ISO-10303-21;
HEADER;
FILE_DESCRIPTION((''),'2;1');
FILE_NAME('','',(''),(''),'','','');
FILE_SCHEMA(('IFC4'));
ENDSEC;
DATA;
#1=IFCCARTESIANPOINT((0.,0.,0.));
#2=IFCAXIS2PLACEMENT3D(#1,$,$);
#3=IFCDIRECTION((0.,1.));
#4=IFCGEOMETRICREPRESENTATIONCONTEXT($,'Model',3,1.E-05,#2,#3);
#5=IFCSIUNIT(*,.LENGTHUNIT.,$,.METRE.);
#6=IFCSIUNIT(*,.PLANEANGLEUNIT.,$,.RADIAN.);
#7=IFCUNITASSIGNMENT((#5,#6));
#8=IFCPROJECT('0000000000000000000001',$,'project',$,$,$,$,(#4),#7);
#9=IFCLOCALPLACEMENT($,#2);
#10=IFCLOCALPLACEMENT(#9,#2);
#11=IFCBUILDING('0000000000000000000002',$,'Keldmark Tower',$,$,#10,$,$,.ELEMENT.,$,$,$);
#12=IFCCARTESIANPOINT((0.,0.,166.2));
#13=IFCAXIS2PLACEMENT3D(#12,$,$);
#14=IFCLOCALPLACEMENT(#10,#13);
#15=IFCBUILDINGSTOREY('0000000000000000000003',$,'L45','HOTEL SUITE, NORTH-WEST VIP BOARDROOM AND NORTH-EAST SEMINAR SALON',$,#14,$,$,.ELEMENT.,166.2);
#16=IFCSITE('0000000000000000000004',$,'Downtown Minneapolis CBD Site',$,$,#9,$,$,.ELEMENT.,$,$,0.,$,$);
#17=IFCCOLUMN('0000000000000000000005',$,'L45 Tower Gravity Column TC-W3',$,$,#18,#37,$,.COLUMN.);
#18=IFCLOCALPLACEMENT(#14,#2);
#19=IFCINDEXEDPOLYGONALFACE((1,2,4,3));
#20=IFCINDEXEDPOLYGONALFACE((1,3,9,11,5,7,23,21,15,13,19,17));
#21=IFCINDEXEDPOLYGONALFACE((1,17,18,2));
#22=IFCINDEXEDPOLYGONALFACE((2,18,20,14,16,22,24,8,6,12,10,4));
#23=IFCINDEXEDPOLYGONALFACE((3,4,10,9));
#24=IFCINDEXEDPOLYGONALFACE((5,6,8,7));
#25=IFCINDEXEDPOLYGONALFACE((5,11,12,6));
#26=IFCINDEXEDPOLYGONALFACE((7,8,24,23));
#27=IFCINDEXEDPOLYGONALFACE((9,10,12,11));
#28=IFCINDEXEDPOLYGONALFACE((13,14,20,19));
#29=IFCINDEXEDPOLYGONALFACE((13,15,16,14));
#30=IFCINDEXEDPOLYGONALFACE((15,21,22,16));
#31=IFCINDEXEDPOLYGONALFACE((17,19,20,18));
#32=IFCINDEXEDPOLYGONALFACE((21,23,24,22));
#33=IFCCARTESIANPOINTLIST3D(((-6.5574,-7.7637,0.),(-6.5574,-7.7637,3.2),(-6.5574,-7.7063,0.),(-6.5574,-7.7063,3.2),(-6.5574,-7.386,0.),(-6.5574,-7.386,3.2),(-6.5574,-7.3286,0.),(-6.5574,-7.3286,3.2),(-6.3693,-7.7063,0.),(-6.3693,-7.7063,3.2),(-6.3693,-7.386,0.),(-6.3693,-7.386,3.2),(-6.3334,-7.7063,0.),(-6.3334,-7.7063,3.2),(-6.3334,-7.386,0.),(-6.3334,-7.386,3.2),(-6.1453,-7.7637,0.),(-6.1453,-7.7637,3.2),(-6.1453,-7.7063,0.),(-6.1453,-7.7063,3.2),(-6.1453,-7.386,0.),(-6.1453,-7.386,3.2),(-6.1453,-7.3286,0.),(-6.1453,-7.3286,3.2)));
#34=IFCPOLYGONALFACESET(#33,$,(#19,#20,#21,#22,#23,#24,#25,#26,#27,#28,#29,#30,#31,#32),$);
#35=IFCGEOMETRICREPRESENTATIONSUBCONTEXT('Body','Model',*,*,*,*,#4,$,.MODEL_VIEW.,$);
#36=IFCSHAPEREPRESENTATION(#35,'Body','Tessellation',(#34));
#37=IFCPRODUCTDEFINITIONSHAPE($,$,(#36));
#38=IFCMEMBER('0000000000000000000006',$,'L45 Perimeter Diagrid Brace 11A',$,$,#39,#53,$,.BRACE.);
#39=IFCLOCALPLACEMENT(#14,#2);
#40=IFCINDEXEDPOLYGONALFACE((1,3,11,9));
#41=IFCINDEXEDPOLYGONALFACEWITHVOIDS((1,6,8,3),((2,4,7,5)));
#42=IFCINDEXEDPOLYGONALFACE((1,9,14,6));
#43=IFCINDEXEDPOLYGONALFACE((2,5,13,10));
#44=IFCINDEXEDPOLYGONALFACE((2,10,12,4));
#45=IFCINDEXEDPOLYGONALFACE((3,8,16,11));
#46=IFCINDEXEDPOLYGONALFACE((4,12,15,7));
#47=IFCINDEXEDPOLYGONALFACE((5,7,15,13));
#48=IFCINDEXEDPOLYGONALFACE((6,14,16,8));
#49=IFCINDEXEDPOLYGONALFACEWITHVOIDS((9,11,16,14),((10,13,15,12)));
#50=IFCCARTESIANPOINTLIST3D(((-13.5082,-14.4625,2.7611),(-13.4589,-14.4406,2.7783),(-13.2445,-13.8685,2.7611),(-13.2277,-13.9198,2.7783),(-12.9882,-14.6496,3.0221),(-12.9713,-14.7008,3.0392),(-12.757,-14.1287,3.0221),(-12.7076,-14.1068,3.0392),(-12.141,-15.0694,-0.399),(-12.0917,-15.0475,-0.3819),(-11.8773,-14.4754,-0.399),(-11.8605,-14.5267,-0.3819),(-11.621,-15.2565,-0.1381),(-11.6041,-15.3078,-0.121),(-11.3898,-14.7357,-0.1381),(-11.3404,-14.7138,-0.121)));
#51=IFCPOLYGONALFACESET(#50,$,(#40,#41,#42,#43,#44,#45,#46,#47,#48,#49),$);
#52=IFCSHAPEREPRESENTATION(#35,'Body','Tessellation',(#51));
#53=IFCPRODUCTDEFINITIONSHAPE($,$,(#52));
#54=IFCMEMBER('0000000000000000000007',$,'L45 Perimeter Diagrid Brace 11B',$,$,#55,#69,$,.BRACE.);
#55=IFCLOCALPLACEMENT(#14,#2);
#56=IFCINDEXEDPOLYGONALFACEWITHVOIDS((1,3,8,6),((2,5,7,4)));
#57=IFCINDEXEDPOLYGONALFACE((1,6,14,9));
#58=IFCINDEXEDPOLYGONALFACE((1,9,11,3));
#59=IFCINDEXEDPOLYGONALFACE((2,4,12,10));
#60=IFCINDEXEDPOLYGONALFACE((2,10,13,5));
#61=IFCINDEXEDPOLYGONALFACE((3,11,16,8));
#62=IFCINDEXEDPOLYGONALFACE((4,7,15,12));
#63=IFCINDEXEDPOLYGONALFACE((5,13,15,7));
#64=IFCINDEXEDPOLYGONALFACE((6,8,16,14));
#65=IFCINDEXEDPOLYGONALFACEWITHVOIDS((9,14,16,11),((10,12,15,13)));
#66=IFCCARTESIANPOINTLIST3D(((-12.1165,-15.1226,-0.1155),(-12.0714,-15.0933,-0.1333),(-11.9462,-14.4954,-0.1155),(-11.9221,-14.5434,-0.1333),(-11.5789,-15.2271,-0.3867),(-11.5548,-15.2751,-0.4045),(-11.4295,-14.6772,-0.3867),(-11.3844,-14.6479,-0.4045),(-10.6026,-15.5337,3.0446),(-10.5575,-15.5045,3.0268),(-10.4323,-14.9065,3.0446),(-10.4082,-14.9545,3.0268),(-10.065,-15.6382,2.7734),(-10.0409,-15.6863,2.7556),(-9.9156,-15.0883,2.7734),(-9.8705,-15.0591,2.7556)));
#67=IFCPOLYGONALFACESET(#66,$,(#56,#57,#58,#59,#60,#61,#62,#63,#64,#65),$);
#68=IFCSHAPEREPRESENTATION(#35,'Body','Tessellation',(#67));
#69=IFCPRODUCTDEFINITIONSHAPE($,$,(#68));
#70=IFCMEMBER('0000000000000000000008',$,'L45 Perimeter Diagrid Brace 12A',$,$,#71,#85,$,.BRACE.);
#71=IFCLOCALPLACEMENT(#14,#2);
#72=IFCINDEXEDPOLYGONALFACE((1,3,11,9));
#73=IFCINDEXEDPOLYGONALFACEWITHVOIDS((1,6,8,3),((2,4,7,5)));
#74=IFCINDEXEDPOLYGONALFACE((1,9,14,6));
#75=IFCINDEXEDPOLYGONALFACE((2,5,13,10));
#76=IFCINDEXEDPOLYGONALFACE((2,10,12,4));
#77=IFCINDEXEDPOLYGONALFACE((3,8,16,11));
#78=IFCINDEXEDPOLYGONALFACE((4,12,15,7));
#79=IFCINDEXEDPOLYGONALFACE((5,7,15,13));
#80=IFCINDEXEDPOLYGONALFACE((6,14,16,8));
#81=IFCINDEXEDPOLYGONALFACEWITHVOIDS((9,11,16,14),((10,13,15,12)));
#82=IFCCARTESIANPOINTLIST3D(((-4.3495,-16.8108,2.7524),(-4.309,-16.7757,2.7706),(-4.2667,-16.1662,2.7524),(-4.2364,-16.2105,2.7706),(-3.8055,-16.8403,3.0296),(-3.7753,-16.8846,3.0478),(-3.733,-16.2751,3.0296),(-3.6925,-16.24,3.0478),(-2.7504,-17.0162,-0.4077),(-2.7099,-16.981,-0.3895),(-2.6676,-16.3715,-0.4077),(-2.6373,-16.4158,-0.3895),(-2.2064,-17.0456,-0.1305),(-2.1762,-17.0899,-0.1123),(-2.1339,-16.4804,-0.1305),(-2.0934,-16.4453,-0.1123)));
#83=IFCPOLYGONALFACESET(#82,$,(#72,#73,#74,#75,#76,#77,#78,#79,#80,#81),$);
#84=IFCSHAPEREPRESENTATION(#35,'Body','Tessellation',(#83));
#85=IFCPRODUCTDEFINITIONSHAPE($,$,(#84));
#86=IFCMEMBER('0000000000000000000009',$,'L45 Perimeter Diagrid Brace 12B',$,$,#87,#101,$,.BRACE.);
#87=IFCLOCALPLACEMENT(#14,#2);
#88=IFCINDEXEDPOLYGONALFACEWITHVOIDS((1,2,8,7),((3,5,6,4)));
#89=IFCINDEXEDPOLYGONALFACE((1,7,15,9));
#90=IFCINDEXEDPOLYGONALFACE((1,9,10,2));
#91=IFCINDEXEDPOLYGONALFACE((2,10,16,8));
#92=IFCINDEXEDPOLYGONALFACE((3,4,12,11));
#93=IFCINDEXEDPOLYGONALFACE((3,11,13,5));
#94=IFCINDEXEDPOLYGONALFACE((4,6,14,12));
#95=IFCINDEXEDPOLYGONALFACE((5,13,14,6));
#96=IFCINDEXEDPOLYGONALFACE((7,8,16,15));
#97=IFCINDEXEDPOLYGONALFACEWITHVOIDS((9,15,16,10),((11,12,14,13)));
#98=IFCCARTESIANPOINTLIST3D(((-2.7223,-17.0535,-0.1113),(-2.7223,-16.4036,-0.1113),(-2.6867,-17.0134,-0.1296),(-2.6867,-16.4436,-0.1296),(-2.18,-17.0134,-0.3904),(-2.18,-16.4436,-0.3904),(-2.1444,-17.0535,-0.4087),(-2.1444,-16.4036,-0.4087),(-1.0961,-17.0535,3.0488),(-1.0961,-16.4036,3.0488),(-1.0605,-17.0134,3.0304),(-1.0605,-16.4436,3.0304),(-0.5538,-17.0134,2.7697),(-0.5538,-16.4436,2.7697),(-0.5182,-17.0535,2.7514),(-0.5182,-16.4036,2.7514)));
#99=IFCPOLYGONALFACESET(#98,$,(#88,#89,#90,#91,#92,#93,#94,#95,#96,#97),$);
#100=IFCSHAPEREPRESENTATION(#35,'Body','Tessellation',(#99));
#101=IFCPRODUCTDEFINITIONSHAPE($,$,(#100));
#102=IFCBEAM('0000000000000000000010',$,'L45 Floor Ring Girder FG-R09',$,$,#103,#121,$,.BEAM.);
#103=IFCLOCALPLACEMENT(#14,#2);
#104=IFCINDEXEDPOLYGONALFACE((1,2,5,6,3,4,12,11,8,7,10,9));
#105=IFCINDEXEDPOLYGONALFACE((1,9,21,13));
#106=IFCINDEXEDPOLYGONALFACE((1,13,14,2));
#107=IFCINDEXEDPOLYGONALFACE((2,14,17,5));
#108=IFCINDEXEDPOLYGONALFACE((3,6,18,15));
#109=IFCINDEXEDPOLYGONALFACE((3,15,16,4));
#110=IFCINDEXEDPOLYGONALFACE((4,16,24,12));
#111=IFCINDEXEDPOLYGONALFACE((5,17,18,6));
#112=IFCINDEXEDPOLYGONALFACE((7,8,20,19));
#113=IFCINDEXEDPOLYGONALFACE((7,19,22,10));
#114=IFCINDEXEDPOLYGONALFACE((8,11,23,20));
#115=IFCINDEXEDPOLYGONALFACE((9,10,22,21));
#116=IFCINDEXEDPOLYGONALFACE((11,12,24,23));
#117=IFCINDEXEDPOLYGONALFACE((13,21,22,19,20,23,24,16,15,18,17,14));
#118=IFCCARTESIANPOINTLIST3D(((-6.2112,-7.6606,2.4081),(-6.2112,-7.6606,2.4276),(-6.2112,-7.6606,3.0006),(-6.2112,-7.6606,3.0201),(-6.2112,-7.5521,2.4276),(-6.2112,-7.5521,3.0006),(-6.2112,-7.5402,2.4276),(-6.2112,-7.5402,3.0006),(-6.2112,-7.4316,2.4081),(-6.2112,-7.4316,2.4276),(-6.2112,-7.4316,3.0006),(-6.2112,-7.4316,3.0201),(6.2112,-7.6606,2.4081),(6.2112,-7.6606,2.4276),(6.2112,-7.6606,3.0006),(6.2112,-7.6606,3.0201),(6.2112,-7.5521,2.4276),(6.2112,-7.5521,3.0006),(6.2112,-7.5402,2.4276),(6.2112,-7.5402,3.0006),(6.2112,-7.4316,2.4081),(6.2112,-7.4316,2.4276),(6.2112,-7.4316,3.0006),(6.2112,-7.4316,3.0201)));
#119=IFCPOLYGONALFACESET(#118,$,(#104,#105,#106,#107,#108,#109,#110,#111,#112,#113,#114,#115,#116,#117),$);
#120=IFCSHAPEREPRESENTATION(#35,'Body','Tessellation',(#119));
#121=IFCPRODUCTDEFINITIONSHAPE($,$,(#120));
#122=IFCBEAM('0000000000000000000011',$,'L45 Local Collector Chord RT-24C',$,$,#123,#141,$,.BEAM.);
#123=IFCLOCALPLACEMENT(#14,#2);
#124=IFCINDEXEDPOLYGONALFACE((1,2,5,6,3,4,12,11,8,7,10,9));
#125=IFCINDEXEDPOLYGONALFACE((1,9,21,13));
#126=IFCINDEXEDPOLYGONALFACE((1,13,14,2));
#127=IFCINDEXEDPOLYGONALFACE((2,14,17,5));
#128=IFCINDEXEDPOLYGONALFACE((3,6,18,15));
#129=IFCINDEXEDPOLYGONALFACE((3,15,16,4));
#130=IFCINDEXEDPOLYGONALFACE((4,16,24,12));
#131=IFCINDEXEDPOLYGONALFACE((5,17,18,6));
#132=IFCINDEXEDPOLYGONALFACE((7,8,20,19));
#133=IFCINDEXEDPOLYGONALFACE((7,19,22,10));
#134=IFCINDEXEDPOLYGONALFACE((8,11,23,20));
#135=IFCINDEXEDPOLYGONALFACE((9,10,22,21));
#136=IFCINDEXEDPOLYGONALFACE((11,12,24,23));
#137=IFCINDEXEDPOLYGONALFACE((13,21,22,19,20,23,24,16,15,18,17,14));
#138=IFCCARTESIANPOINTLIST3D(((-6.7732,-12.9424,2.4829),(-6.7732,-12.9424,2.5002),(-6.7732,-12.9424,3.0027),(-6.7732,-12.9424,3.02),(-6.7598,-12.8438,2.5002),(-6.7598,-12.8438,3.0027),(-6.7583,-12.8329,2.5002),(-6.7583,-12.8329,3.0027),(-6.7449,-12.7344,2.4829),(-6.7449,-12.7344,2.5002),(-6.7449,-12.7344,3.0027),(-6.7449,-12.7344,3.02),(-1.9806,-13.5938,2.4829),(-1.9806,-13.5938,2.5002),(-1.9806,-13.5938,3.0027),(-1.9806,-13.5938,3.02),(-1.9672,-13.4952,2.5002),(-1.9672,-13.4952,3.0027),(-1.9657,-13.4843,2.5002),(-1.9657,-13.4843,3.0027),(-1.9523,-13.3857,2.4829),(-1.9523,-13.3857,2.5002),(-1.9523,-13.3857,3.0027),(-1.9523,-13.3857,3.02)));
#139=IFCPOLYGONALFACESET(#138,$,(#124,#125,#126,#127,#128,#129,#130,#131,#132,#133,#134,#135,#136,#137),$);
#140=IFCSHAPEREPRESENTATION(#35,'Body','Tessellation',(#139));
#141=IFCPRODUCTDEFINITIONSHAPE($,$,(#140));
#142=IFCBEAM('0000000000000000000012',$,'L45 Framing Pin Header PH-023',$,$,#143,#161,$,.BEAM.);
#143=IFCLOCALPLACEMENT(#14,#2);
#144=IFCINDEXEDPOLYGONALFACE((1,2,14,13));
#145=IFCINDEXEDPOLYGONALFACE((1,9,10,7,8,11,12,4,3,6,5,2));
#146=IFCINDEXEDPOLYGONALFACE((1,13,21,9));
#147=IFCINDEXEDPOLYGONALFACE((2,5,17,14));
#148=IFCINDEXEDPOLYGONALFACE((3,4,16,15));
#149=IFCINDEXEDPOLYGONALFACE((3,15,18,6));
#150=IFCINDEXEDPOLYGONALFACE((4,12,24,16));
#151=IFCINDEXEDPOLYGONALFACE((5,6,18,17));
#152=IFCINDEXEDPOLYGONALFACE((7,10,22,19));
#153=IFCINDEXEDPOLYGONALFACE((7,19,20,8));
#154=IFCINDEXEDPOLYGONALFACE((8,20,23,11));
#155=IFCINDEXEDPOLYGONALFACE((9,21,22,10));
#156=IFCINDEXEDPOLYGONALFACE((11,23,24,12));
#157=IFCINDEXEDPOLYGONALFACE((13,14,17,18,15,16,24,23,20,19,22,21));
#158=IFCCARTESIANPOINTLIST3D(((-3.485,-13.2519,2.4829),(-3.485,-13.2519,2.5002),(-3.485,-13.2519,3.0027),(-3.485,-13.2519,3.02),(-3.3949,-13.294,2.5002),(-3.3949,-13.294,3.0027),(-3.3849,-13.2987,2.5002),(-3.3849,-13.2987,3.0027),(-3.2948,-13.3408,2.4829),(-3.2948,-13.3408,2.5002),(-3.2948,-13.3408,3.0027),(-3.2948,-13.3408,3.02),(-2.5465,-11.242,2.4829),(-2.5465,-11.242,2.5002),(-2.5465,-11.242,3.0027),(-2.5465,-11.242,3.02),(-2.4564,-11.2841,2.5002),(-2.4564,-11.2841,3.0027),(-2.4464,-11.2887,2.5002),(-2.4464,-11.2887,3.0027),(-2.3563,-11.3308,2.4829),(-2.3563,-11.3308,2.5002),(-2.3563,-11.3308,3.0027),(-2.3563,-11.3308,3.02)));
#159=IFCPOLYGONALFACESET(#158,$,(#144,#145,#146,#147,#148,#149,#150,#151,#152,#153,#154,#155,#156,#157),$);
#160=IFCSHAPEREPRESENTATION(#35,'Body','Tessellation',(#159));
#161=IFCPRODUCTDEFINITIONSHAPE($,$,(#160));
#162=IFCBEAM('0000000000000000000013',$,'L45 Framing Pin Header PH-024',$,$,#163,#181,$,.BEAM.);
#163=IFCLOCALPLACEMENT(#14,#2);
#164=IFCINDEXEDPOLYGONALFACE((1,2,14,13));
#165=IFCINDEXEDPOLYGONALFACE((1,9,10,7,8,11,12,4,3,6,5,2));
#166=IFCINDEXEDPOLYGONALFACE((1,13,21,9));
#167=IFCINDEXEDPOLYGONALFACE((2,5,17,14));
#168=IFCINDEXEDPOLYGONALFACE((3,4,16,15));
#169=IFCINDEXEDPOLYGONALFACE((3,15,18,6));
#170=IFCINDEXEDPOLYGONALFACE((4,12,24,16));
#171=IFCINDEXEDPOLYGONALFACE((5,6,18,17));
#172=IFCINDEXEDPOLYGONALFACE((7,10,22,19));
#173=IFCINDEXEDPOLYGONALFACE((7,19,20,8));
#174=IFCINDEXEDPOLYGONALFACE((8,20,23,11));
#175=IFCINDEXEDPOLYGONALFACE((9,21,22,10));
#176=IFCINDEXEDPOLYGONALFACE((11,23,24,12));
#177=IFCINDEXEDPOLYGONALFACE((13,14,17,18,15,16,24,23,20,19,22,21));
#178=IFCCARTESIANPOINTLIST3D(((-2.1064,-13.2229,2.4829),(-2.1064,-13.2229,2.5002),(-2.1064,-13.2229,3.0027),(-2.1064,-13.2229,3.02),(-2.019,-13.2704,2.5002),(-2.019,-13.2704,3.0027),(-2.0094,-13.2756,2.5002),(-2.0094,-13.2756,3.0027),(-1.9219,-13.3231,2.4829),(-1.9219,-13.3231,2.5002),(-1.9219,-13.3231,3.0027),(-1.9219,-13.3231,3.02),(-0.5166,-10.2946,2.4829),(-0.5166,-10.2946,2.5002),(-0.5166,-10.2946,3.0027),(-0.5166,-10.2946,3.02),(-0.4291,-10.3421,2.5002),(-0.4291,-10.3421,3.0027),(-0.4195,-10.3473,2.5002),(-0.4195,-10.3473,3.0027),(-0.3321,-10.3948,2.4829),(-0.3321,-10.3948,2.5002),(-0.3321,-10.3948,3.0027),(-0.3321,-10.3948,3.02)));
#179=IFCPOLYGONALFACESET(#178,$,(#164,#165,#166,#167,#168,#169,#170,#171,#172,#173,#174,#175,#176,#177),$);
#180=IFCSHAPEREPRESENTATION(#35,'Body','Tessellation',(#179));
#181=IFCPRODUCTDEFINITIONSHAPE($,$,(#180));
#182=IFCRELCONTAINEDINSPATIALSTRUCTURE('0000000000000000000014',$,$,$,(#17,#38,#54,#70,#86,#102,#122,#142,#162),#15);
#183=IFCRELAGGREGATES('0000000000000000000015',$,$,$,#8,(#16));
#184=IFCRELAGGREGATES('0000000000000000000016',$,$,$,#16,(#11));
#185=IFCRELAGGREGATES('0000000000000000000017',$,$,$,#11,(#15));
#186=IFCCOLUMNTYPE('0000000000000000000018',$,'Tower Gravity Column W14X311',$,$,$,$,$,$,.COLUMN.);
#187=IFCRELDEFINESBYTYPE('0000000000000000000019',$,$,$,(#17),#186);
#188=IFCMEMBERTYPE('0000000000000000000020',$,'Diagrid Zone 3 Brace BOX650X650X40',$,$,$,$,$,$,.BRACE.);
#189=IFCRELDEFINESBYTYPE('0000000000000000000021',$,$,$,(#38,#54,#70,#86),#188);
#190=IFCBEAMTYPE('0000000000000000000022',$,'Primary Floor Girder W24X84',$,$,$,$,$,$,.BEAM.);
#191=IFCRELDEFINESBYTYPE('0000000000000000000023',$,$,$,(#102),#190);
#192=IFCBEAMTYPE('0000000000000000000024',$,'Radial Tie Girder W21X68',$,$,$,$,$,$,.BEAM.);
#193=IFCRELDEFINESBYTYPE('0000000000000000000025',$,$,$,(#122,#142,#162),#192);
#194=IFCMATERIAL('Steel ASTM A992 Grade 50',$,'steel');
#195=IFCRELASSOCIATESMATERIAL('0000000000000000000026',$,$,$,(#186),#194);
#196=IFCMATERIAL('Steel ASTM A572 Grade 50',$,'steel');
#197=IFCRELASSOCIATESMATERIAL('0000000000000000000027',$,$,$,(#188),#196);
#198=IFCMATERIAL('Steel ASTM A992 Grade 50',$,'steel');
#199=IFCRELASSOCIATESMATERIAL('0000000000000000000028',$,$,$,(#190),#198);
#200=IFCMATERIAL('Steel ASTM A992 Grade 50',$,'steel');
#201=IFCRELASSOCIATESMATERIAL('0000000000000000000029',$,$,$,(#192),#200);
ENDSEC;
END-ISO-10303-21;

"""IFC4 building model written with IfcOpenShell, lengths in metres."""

from ifc_helpers import new_model, si_unit, direction, frame, origin, origin_2d, place, context, subcontext, project, spatial, hollow_rectangle, i_section, extrude, material, material_profile, profile_set, type_object, element, save


model = new_model("IFC4")

# Units and contexts
model_context = context("Model", 3, precision=1e-05, world=origin(), true_north=direction((0.0, 1.0)))
body_context = subcontext(model_context, "Body", "Model", "MODEL_VIEW")
ifc_project = project(units=[si_unit("LENGTHUNIT", "METRE"), si_unit("PLANEANGLEUNIT", "RADIAN")], contexts=[model_context])

# Site, building, storey
site_placement = place(None, origin())
site = spatial("IfcSite", under=ifc_project, at=site_placement, Name="Downtown Minneapolis CBD Site", CompositionType="ELEMENT", RefElevation=0.0)
building_placement = place(site_placement, origin())
building = spatial("IfcBuilding", under=site, at=building_placement, Name="Keldmark Tower", CompositionType="ELEMENT")
storey_placement = place(building_placement, frame((0.0, 0.0, 166.2)))
storey = spatial("IfcBuildingStorey", under=building, at=storey_placement, Name="L45", Description="HOTEL SUITE, NORTH-WEST VIP BOARDROOM AND NORTH-EAST SEMINAR SALON", CompositionType="ELEMENT", Elevation=166.2)

# Column
ifc_material_1 = material(Name="Steel ASTM A992 Grade 50", Category="steel")
ifc_material_profile_1 = material_profile(ifc_material_1, i_section(OverallWidth=0.4121, OverallDepth=0.4351, WebThickness=0.0359, FlangeThickness=0.0574, at=origin_2d()), Name="W14X311")
ifc_profile_set_1 = profile_set([ifc_material_profile_1], Name="Steel ASTM A992 Grade 50")
column_type = type_object("IfcColumnType", Name="Tower Gravity Column W14X311", PredefinedType="COLUMN", material=ifc_profile_set_1)
column_placement = place(storey_placement, frame((-6.3513, -7.5461, 0.0), z_axis=(0.0, 0.0, 1.0), x_axis=(1.0, 0.0, 0.0)))
element("IfcColumn", 1, at=column_placement, inside=storey, type_object=column_type, Name="L45 Tower Gravity Column TC-W3", PredefinedType="COLUMN", context=body_context, shape_type="SweptSolid", body=[
    extrude(i_section(OverallWidth=0.4121, OverallDepth=0.4351, WebThickness=0.0359, FlangeThickness=0.0574, at=origin_2d()), origin(), (0.0, 0.0, 1.0), 3.2),
])

# Members
ifc_material_2 = material(Name="Steel ASTM A572 Grade 50", Category="steel")
ifc_material_profile_2 = material_profile(ifc_material_2, hollow_rectangle(XDim=0.6499, YDim=0.6499, WallThickness=0.04, at=origin_2d()), Name="BOX650X650X40")
ifc_profile_set_2 = profile_set([ifc_material_profile_2], Name="Steel ASTM A572 Grade 50")
member_type = type_object("IfcMemberType", Name="Diagrid Zone 3 Brace BOX650X650X40", PredefinedType="BRACE", material=ifc_profile_set_2)
member_1_placement = place(storey_placement, frame((-11.7407, -14.8916, -0.26), z_axis=(-0.391038, 0.173593, 0.903856), x_axis=(-0.405745, -0.913986, 0.0)))
element("IfcMember", 2, at=member_1_placement, inside=storey, type_object=member_type, Name="L45 Perimeter Diagrid Brace 11A", PredefinedType="BRACE", context=body_context, shape_type="SweptSolid", body=[
    extrude(hollow_rectangle(XDim=0.6499, YDim=0.6499, WallThickness=0.04, at=origin_2d()), origin(), (0.0, 0.0, 1.0), 3.4963),
])
member_2_placement = place(storey_placement, frame((-11.7505, -14.8853, -0.26), z_axis=(0.429101, -0.116531, 0.895708), x_axis=(0.262077, 0.965047, 0.0)))
element("IfcMember", 3, at=member_2_placement, inside=storey, type_object=member_type, Name="L45 Perimeter Diagrid Brace 11B", PredefinedType="BRACE", context=body_context, shape_type="SweptSolid", body=[
    extrude(hollow_rectangle(XDim=0.6499, YDim=0.6499, WallThickness=0.04, at=origin_2d()), origin(), (0.0, 0.0, 1.0), 3.5281),
])
member_3_placement = place(storey_placement, frame((-2.4219, -16.7307, -0.26), z_axis=(-0.450753, 0.057875, 0.890771), x_axis=(-0.127351, -0.991858, 0.0)))
element("IfcMember", 4, at=member_3_placement, inside=storey, type_object=member_type, Name="L45 Perimeter Diagrid Brace 12A", PredefinedType="BRACE", context=body_context, shape_type="SweptSolid", body=[
    extrude(hollow_rectangle(XDim=0.6499, YDim=0.6499, WallThickness=0.04, at=origin_2d()), origin(), (0.0, 0.0, 1.0), 3.5476),
])
member_4_placement = place(storey_placement, frame((-2.4333, -16.7285, -0.26), z_axis=(0.45757, 0.0, 0.889174), x_axis=(0.0, 1.0, 0.0)))
element("IfcMember", 5, at=member_4_placement, inside=storey, type_object=member_type, Name="L45 Perimeter Diagrid Brace 12B", PredefinedType="BRACE", context=body_context, shape_type="SweptSolid", body=[
    extrude(hollow_rectangle(XDim=0.6499, YDim=0.6499, WallThickness=0.04, at=origin_2d()), origin(), (0.0, 0.0, 1.0), 3.554),
])

# Beams
ifc_material_3 = material(Name="Steel ASTM A992 Grade 50", Category="steel")
ifc_material_profile_3 = material_profile(ifc_material_3, i_section(OverallWidth=0.229, OverallDepth=0.6121, WebThickness=0.012, FlangeThickness=0.0195, at=origin_2d()), Name="W24X84")
ifc_profile_set_3 = profile_set([ifc_material_profile_3], Name="Steel ASTM A992 Grade 50")
beam_type_1 = type_object("IfcBeamType", Name="Primary Floor Girder W24X84", PredefinedType="BEAM", material=ifc_profile_set_3)
beam_1_placement = place(storey_placement, frame((-6.2112, -7.5461, 2.7141), z_axis=(1.0, 0.0, 0.0), x_axis=(0.0, 1.0, 0.0)))
element("IfcBeam", 6, at=beam_1_placement, inside=storey, type_object=beam_type_1, Name="L45 Floor Ring Girder FG-R09", PredefinedType="BEAM", context=body_context, shape_type="SweptSolid", body=[
    extrude(i_section(OverallWidth=0.229, OverallDepth=0.6121, WebThickness=0.012, FlangeThickness=0.0195, at=origin_2d()), origin(), (0.0, 0.0, 1.0), 12.4224),
])
ifc_material_4 = material(Name="Steel ASTM A992 Grade 50", Category="steel")
ifc_material_profile_4 = material_profile(ifc_material_4, i_section(OverallWidth=0.21, OverallDepth=0.5371, WebThickness=0.011, FlangeThickness=0.0173, at=origin_2d()), Name="W21X68")
ifc_profile_set_4 = profile_set([ifc_material_profile_4], Name="Steel ASTM A992 Grade 50")
beam_type_2 = type_object("IfcBeamType", Name="Radial Tie Girder W21X68", PredefinedType="BEAM", material=ifc_profile_set_4)
beam_2_placement = place(storey_placement, frame((-6.759, -12.8384, 2.7515), z_axis=(0.990891, -0.134669, 0.0), x_axis=(0.134669, 0.990891, 0.0)))
element("IfcBeam", 7, at=beam_2_placement, inside=storey, type_object=beam_type_2, Name="L45 Local Collector Chord RT-24C", PredefinedType="BEAM", context=body_context, shape_type="SweptSolid", body=[
    extrude(i_section(OverallWidth=0.21, OverallDepth=0.5371, WebThickness=0.011, FlangeThickness=0.0173, at=origin_2d()), origin(), (0.0, 0.0, 1.0), 4.8367),
])
beam_3_placement = place(storey_placement, frame((-2.4514, -11.2864, 2.7515), z_axis=(-0.42306, -0.906102, 0.0), x_axis=(0.906102, -0.42306, 0.0)))
element("IfcBeam", 8, at=beam_3_placement, inside=storey, type_object=beam_type_2, Name="L45 Framing Pin Header PH-023", PredefinedType="BEAM", context=body_context, shape_type="SweptSolid", body=[
    extrude(i_section(OverallWidth=0.21, OverallDepth=0.5371, WebThickness=0.011, FlangeThickness=0.0173, at=origin_2d()), origin(), (0.0, 0.0, 1.0), 2.2183),
])
beam_4_placement = place(storey_placement, frame((-0.4243, -10.3447, 2.7515), z_axis=(-0.477147, -0.878824, 0.0), x_axis=(0.878824, -0.477147, 0.0)))
element("IfcBeam", 9, at=beam_4_placement, inside=storey, type_object=beam_type_2, Name="L45 Framing Pin Header PH-024", PredefinedType="BEAM", context=body_context, shape_type="SweptSolid", body=[
    extrude(i_section(OverallWidth=0.21, OverallDepth=0.5371, WebThickness=0.011, FlangeThickness=0.0173, at=origin_2d()), origin(), (0.0, 0.0, 1.0), 3.332),
])

save(model, "model.ifc")
